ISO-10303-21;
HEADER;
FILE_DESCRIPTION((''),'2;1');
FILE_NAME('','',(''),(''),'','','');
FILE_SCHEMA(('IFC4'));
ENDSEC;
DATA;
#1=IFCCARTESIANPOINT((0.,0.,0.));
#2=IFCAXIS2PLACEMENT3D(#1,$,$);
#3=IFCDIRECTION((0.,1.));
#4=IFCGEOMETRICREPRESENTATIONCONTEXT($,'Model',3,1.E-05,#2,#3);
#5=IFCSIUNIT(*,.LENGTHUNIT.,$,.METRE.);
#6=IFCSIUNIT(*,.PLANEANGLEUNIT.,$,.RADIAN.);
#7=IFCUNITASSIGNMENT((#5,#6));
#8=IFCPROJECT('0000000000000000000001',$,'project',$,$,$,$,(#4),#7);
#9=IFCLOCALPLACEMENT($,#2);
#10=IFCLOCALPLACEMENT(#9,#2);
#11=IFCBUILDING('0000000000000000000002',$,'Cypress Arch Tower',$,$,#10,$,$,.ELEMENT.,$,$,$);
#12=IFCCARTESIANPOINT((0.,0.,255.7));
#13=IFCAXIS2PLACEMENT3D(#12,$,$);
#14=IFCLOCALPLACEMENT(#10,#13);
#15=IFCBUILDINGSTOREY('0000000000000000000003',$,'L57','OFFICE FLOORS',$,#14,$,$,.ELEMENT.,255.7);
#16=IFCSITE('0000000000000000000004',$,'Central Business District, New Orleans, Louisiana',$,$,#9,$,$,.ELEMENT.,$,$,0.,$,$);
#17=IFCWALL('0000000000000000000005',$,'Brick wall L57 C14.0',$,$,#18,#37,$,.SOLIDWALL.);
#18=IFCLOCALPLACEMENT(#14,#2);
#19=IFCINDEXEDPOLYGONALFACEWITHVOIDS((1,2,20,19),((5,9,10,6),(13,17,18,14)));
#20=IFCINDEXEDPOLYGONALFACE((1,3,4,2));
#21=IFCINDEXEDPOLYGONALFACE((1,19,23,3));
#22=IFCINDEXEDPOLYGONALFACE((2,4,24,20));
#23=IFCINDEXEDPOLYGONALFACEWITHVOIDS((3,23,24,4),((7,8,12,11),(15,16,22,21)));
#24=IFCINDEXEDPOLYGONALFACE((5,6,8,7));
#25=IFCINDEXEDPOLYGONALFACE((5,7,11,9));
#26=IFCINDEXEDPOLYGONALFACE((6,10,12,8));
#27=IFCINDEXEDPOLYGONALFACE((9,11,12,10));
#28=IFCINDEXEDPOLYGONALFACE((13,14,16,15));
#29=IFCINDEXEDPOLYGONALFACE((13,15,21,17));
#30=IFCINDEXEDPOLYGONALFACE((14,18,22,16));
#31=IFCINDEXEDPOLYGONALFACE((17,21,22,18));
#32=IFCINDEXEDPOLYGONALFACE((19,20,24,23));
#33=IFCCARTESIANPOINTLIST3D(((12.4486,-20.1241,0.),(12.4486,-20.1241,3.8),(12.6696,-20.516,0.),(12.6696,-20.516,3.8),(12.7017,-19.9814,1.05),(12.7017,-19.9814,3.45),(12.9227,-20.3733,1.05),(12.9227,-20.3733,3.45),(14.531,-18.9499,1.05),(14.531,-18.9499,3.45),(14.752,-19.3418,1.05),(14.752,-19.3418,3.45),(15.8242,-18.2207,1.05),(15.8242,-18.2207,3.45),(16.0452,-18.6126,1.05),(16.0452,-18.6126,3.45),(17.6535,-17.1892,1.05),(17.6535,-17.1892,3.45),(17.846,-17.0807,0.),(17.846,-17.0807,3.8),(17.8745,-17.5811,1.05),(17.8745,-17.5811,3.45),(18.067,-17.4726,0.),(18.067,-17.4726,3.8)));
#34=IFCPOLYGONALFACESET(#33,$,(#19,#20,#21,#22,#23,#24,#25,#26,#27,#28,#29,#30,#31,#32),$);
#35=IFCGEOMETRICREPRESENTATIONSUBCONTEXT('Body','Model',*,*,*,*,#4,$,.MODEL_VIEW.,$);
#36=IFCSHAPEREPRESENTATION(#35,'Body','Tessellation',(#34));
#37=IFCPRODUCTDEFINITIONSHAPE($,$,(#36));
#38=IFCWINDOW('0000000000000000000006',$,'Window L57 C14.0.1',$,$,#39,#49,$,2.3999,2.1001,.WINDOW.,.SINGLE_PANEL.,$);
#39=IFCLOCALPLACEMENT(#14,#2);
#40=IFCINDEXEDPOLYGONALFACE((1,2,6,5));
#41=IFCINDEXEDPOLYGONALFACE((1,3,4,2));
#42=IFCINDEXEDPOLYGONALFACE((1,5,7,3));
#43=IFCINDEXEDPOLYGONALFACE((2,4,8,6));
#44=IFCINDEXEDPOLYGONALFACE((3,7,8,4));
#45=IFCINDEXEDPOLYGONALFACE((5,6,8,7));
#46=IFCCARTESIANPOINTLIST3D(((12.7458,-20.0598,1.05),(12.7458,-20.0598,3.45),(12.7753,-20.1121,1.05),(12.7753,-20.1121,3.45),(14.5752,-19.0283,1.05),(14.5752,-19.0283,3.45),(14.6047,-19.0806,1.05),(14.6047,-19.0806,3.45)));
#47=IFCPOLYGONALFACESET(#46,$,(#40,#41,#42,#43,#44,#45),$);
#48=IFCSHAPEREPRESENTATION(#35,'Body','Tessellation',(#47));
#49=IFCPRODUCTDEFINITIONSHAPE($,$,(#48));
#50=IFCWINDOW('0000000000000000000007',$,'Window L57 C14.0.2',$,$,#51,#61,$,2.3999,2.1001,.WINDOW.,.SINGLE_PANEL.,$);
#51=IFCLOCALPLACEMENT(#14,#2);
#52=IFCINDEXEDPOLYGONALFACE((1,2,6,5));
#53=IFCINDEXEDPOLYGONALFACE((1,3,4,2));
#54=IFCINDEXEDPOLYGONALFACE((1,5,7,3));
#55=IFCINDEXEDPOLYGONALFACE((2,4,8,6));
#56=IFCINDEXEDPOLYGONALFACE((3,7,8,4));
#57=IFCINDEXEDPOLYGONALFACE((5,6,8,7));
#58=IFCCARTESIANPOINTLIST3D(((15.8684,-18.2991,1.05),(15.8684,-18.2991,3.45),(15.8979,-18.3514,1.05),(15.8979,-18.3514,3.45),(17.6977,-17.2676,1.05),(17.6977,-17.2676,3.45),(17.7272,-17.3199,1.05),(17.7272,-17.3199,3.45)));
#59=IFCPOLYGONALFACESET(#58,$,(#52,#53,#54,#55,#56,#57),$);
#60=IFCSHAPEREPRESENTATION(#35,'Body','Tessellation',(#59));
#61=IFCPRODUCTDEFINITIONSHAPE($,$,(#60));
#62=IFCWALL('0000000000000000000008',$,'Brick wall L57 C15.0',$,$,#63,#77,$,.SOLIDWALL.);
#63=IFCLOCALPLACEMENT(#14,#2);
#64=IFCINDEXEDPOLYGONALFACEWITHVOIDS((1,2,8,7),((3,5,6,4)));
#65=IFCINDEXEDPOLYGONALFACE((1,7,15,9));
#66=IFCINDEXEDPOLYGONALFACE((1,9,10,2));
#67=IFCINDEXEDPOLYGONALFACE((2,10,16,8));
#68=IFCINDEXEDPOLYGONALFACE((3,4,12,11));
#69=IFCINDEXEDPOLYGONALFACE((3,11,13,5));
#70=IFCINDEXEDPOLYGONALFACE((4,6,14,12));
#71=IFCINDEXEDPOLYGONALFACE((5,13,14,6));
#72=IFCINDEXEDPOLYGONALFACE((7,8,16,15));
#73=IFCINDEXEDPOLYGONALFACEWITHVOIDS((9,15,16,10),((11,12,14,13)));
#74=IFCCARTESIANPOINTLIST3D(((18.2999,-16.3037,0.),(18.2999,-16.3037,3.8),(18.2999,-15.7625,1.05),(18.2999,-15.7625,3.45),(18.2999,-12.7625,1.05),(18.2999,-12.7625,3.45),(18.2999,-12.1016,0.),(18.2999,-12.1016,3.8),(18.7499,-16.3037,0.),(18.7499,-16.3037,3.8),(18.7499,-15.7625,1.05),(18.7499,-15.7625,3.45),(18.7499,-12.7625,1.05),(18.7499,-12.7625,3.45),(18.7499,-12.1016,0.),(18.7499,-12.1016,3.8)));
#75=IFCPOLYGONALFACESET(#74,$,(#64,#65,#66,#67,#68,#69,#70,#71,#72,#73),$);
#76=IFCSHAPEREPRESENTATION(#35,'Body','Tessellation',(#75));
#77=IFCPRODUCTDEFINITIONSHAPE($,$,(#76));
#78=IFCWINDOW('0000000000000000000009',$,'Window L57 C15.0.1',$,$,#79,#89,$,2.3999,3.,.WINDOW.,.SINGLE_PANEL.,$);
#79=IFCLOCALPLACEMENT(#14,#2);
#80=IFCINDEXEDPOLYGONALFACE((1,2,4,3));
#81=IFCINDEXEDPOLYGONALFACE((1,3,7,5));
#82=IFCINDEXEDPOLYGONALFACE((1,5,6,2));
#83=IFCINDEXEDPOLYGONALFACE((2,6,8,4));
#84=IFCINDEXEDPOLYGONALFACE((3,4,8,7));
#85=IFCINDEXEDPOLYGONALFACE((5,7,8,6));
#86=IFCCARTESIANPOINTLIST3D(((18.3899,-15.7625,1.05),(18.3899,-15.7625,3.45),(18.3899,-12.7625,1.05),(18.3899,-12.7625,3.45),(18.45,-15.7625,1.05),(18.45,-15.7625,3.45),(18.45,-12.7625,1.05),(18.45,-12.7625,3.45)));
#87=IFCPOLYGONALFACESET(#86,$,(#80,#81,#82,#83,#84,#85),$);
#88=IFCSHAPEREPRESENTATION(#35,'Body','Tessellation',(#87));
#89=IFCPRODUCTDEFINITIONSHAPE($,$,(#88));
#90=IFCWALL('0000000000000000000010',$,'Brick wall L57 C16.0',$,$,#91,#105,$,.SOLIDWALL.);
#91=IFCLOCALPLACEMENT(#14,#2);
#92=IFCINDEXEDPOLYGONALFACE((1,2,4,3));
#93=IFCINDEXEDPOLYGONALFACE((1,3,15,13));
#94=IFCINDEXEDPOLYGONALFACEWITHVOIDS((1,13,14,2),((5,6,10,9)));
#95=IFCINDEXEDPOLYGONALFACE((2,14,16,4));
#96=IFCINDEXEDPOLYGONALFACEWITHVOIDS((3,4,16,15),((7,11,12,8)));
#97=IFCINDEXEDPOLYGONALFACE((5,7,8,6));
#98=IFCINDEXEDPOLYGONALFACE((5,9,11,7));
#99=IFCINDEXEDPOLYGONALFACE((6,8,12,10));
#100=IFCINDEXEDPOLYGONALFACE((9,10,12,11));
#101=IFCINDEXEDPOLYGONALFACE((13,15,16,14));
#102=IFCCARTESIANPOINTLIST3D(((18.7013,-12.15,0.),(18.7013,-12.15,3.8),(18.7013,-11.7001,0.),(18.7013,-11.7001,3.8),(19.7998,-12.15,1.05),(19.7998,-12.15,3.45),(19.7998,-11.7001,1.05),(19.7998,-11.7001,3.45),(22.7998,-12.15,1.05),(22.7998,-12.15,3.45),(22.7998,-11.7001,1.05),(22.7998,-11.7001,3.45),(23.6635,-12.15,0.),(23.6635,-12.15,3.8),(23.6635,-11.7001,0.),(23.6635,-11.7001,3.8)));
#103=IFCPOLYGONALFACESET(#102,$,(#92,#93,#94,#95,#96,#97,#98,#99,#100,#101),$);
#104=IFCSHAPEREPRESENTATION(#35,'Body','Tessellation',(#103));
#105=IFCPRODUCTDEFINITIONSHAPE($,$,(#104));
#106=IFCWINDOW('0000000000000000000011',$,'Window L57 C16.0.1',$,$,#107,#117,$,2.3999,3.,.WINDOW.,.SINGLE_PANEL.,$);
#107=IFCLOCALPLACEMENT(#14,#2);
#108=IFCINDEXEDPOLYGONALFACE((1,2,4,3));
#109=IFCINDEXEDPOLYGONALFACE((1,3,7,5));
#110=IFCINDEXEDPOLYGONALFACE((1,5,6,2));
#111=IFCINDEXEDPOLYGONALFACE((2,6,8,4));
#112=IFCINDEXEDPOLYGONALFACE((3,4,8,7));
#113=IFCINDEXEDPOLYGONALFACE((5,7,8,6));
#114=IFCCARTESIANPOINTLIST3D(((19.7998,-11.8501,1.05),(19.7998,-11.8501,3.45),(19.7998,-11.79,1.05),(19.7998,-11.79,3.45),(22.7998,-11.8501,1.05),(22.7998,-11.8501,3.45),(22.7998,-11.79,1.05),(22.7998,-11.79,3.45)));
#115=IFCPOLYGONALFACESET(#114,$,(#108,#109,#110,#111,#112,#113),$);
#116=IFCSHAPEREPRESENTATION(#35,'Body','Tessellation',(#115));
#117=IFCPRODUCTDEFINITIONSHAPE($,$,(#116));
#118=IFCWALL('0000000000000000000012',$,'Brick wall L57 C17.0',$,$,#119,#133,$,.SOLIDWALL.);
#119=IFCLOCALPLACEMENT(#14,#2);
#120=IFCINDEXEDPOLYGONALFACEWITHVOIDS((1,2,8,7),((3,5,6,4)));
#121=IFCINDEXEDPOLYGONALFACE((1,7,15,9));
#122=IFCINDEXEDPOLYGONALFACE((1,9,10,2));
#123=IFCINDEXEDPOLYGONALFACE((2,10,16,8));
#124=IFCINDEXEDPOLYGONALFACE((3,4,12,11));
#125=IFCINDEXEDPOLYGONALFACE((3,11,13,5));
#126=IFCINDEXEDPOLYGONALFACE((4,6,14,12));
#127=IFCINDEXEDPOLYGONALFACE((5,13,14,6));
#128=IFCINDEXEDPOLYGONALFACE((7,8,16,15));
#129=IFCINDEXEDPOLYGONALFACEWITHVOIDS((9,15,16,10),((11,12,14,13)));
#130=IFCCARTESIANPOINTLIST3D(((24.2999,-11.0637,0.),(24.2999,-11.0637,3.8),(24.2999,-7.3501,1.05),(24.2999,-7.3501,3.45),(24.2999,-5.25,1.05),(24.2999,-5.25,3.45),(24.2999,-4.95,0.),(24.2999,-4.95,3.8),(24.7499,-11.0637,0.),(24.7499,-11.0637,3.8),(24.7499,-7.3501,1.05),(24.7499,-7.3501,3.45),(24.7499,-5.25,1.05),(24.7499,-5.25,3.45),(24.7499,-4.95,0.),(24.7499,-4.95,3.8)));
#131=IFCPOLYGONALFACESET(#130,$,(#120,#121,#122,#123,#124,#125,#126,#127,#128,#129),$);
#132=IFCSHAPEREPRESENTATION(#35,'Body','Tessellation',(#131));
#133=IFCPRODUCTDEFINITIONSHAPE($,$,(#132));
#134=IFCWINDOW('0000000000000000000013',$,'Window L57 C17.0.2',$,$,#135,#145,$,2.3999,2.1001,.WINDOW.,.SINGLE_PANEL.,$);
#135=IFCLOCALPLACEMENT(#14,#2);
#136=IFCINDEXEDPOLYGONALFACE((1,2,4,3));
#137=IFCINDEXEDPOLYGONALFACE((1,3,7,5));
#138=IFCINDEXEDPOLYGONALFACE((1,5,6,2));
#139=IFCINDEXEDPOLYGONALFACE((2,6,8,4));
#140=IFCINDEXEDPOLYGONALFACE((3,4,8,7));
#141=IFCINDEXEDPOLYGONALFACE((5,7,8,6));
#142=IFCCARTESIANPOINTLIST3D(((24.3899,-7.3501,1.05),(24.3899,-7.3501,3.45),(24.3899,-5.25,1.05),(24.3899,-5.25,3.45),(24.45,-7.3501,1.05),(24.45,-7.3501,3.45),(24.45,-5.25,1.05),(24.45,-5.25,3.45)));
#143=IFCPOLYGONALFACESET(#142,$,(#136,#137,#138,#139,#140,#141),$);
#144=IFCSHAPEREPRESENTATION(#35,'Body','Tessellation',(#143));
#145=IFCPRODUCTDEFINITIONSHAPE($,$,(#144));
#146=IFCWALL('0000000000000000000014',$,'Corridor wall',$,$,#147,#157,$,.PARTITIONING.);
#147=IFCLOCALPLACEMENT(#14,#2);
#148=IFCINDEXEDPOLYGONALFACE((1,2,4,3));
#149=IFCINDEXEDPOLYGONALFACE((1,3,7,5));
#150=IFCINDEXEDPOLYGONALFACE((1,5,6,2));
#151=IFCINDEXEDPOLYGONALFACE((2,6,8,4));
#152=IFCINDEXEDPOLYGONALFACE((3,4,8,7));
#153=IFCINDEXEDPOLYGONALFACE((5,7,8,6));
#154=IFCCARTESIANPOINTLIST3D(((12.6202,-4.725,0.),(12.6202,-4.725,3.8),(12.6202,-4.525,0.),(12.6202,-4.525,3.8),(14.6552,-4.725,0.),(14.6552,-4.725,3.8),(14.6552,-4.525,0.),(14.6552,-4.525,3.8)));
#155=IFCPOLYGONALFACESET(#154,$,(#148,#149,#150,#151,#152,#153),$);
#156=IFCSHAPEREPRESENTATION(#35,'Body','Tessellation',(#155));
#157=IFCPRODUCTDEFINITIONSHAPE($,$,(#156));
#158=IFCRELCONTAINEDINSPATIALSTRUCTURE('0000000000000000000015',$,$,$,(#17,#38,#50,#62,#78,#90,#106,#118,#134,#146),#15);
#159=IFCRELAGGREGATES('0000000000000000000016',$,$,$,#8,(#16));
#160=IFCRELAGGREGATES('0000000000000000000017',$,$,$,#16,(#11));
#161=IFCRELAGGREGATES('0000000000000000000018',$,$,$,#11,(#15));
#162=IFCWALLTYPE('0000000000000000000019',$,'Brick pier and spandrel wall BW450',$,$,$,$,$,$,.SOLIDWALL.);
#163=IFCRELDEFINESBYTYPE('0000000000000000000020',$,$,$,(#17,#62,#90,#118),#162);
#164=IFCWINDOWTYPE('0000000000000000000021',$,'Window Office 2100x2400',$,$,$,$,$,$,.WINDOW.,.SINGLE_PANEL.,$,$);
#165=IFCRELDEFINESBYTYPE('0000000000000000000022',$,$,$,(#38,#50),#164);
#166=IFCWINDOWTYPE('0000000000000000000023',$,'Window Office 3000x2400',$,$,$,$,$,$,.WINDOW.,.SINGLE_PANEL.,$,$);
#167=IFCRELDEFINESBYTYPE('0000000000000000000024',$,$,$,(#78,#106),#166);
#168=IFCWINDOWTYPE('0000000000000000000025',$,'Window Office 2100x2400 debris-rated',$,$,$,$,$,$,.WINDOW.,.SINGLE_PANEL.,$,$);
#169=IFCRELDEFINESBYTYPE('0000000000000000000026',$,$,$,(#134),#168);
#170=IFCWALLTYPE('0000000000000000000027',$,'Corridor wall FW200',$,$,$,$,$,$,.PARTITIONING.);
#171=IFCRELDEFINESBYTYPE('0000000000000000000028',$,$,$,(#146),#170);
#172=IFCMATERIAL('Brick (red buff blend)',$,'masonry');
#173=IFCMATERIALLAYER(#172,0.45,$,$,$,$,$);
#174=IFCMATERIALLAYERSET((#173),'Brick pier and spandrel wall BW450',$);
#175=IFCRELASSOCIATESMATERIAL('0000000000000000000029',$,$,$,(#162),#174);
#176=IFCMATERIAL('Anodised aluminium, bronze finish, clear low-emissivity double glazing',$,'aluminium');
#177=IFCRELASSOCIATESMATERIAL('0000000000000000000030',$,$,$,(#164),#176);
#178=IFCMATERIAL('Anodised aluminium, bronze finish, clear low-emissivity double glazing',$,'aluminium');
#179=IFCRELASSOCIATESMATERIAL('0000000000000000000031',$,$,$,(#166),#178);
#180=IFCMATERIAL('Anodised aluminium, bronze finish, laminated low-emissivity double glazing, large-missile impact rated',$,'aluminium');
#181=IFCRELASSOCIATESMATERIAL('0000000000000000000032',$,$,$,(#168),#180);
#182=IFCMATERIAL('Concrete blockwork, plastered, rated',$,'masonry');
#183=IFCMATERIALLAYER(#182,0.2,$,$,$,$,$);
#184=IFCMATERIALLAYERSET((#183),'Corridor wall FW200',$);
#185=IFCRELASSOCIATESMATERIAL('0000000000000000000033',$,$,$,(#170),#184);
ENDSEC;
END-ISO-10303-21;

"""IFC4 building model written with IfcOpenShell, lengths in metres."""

from ifc_helpers import new_model, si_unit, direction, frame, frame_2d, origin, place, context, subcontext, project, spatial, rectangle, extrude, material, layer, layer_set, type_object, element, fill, save


model = new_model("IFC4")

# Units and contexts
model_context = context("Model", 3, precision=1e-05, world=origin(), true_north=direction((0.0, 1.0)))
body_context = subcontext(model_context, "Body", "Model", "MODEL_VIEW")
ifc_project = project(units=[si_unit("LENGTHUNIT", "METRE"), si_unit("PLANEANGLEUNIT", "RADIAN")], contexts=[model_context])

# Site, building, storey
site_placement = place(None, origin())
site = spatial("IfcSite", under=ifc_project, at=site_placement, Name="Central Business District, New Orleans, Louisiana", CompositionType="ELEMENT", RefElevation=0.0)
building_placement = place(site_placement, origin())
building = spatial("IfcBuilding", under=site, at=building_placement, Name="Cypress Arch Tower", CompositionType="ELEMENT")
storey_placement = place(building_placement, frame((0.0, 0.0, 255.7)))
storey = spatial("IfcBuildingStorey", under=building, at=storey_placement, Name="L57", Description="OFFICE FLOORS", CompositionType="ELEMENT", Elevation=255.7)

# Wall, openings, windows
ifc_material_1 = material(Name="Brick (red buff blend)", Category="masonry")
ifc_layer_1 = layer(ifc_material_1, 0.45)
ifc_layer_set_1 = layer_set([ifc_layer_1], Name="Brick pier and spandrel wall BW450")
wall_type_1 = type_object("IfcWallType", Name="Brick pier and spandrel wall BW450", PredefinedType="SOLIDWALL", material=ifc_layer_set_1)
wall_1_placement = place(storey_placement, frame((12.5591, -20.3201, 0.0), z_axis=(0.0, 0.0, 1.0), x_axis=(0.871066, 0.491166, 0.0)))
wall_1 = element("IfcWall", 1, at=wall_1_placement, inside=storey, type_object=wall_type_1, Name="Brick wall L57 C14.0", PredefinedType="SOLIDWALL", context=body_context, shape_type="SweptSolid", body=[
    extrude(rectangle(XDim=6.1963, YDim=0.45, at=frame_2d((3.0981, 0.0))), origin(), (0.0, 0.0, 1.0), 3.8),
])
opening_1_placement = place(wall_1_placement, frame((0.2905, 0.0, 1.05)))
opening_1 = element("IfcOpeningElement", 2, at=opening_1_placement, cuts=wall_1, PredefinedType="OPENING", context=body_context, shape_type="SweptSolid", body=[
    extrude(rectangle(XDim=2.1001, YDim=2.3999, at=frame_2d((1.05, 1.2))), frame((0.0, 0.2349, 0.0), z_axis=(0.0, -1.0, 0.0), x_axis=(1.0, 0.0, 0.0)), (0.0, 0.0, 1.0), 0.47),
])
opening_2_placement = place(wall_1_placement, frame((3.8752, 0.0, 1.05)))
opening_2 = element("IfcOpeningElement", 3, at=opening_2_placement, cuts=wall_1, PredefinedType="OPENING", context=body_context, shape_type="SweptSolid", body=[
    extrude(rectangle(XDim=2.1001, YDim=2.3999, at=frame_2d((1.05, 1.2))), frame((0.0, 0.2349, 0.0), z_axis=(0.0, -1.0, 0.0), x_axis=(1.0, 0.0, 0.0)), (0.0, 0.0, 1.0), 0.47),
])
ifc_material_2 = material(Name="Anodised aluminium, bronze finish, clear low-emissivity double glazing", Category="aluminium")
window_type_1 = type_object("IfcWindowType", Name="Window Office 2100x2400", PartitioningType="SINGLE_PANEL", PredefinedType="WINDOW", material=ifc_material_2)
window_1_placement = place(opening_1_placement, origin())
window_1 = element("IfcWindow", 4, at=window_1_placement, inside=storey, type_object=window_type_1, Name="Window L57 C14.0.1", OverallHeight=2.3999, OverallWidth=2.1001, PartitioningType="SINGLE_PANEL", PredefinedType="WINDOW", context=body_context, shape_type="SweptSolid", body=[
    extrude(rectangle(XDim=2.1001, YDim=2.3999, at=frame_2d((1.05, 1.2))), frame((0.0, 0.135, 0.0), z_axis=(0.0, -1.0, 0.0), x_axis=(1.0, 0.0, 0.0)), (0.0, 0.0, 1.0), 0.0601),
])
fill(opening_1, window_1)
window_2_placement = place(opening_2_placement, origin())
window_2 = element("IfcWindow", 5, at=window_2_placement, inside=storey, type_object=window_type_1, Name="Window L57 C14.0.2", OverallHeight=2.3999, OverallWidth=2.1001, PartitioningType="SINGLE_PANEL", PredefinedType="WINDOW", context=body_context, shape_type="SweptSolid", body=[
    extrude(rectangle(XDim=2.1001, YDim=2.3999, at=frame_2d((1.05, 1.2))), frame((0.0, 0.135, 0.0), z_axis=(0.0, -1.0, 0.0), x_axis=(1.0, 0.0, 0.0)), (0.0, 0.0, 1.0), 0.0601),
])
fill(opening_2, window_2)

# Walls, openings, windows
wall_2_placement = place(storey_placement, frame((18.5249, -16.3037, 0.0), z_axis=(0.0, 0.0, 1.0), x_axis=(0.0, 1.0, 0.0)))
wall_2 = element("IfcWall", 6, at=wall_2_placement, inside=storey, type_object=wall_type_1, Name="Brick wall L57 C15.0", PredefinedType="SOLIDWALL", context=body_context, shape_type="SweptSolid", body=[
    extrude(rectangle(XDim=4.2021, YDim=0.45, at=frame_2d((2.1011, 0.0))), origin(), (0.0, 0.0, 1.0), 3.8),
])
opening_3_placement = place(wall_2_placement, frame((0.5413, 0.0, 1.05)))
opening_3 = element("IfcOpeningElement", 7, at=opening_3_placement, cuts=wall_2, PredefinedType="OPENING", context=body_context, shape_type="SweptSolid", body=[
    extrude(rectangle(XDim=3.0, YDim=2.3999, at=frame_2d((1.5, 1.2))), frame((0.0, 0.2349, 0.0), z_axis=(0.0, -1.0, 0.0), x_axis=(1.0, 0.0, 0.0)), (0.0, 0.0, 1.0), 0.47),
])
ifc_material_3 = material(Name="Anodised aluminium, bronze finish, clear low-emissivity double glazing", Category="aluminium")
window_type_2 = type_object("IfcWindowType", Name="Window Office 3000x2400", PartitioningType="SINGLE_PANEL", PredefinedType="WINDOW", material=ifc_material_3)
window_3_placement = place(opening_3_placement, origin())
window_3 = element("IfcWindow", 8, at=window_3_placement, inside=storey, type_object=window_type_2, Name="Window L57 C15.0.1", OverallHeight=2.3999, OverallWidth=3.0, PartitioningType="SINGLE_PANEL", PredefinedType="WINDOW", context=body_context, shape_type="SweptSolid", body=[
    extrude(rectangle(XDim=3.0, YDim=2.3999, at=frame_2d((1.5, 1.2))), frame((0.0, 0.135, 0.0), z_axis=(0.0, -1.0, 0.0), x_axis=(1.0, 0.0, 0.0)), (0.0, 0.0, 1.0), 0.0601),
])
fill(opening_3, window_3)
wall_3_placement = place(storey_placement, frame((18.7014, -11.925, 0.0), z_axis=(0.0, 0.0, 1.0), x_axis=(1.0, 0.0, 0.0)))
wall_3 = element("IfcWall", 9, at=wall_3_placement, inside=storey, type_object=wall_type_1, Name="Brick wall L57 C16.0", PredefinedType="SOLIDWALL", context=body_context, shape_type="SweptSolid", body=[
    extrude(rectangle(XDim=4.9622, YDim=0.45, at=frame_2d((2.481, 0.0))), origin(), (0.0, 0.0, 1.0), 3.8),
])
opening_4_placement = place(wall_3_placement, frame((1.0984, 0.0, 1.05)))
opening_4 = element("IfcOpeningElement", 10, at=opening_4_placement, cuts=wall_3, PredefinedType="OPENING", context=body_context, shape_type="SweptSolid", body=[
    extrude(rectangle(XDim=3.0, YDim=2.3999, at=frame_2d((1.5, 1.2))), frame((0.0, 0.2349, 0.0), z_axis=(0.0, -1.0, 0.0), x_axis=(1.0, 0.0, 0.0)), (0.0, 0.0, 1.0), 0.47),
])
window_4_placement = place(opening_4_placement, origin())
window_4 = element("IfcWindow", 11, at=window_4_placement, inside=storey, type_object=window_type_2, Name="Window L57 C16.0.1", OverallHeight=2.3999, OverallWidth=3.0, PartitioningType="SINGLE_PANEL", PredefinedType="WINDOW", context=body_context, shape_type="SweptSolid", body=[
    extrude(rectangle(XDim=3.0, YDim=2.3999, at=frame_2d((1.5, 1.2))), frame((0.0, 0.135, 0.0), z_axis=(0.0, -1.0, 0.0), x_axis=(1.0, 0.0, 0.0)), (0.0, 0.0, 1.0), 0.0601),
])
fill(opening_4, window_4)
wall_4_placement = place(storey_placement, frame((24.5249, -11.0637, 0.0), z_axis=(0.0, 0.0, 1.0), x_axis=(0.0, 1.0, 0.0)))
wall_4 = element("IfcWall", 12, at=wall_4_placement, inside=storey, type_object=wall_type_1, Name="Brick wall L57 C17.0", PredefinedType="SOLIDWALL", context=body_context, shape_type="SweptSolid", body=[
    extrude(rectangle(XDim=6.1138, YDim=0.45, at=frame_2d((3.0569, 0.0))), origin(), (0.0, 0.0, 1.0), 3.8),
])
opening_5_placement = place(wall_4_placement, frame((3.7136, 0.0, 1.05)))
opening_5 = element("IfcOpeningElement", 13, at=opening_5_placement, cuts=wall_4, PredefinedType="OPENING", context=body_context, shape_type="SweptSolid", body=[
    extrude(rectangle(XDim=2.1001, YDim=2.3999, at=frame_2d((1.05, 1.2))), frame((0.0, 0.2349, 0.0), z_axis=(0.0, -1.0, 0.0), x_axis=(1.0, 0.0, 0.0)), (0.0, 0.0, 1.0), 0.47),
])
ifc_material_4 = material(Name="Anodised aluminium, bronze finish, laminated low-emissivity double glazing, large-missile impact rated", Category="aluminium")
window_type_3 = type_object("IfcWindowType", Name="Window Office 2100x2400 debris-rated", PartitioningType="SINGLE_PANEL", PredefinedType="WINDOW", material=ifc_material_4)
window_5_placement = place(opening_5_placement, origin())
window_5 = element("IfcWindow", 14, at=window_5_placement, inside=storey, type_object=window_type_3, Name="Window L57 C17.0.2", OverallHeight=2.3999, OverallWidth=2.1001, PartitioningType="SINGLE_PANEL", PredefinedType="WINDOW", context=body_context, shape_type="SweptSolid", body=[
    extrude(rectangle(XDim=2.1001, YDim=2.3999, at=frame_2d((1.05, 1.2))), frame((0.0, 0.135, 0.0), z_axis=(0.0, -1.0, 0.0), x_axis=(1.0, 0.0, 0.0)), (0.0, 0.0, 1.0), 0.0601),
])
fill(opening_5, window_5)

# Wall
ifc_material_5 = material(Name="Concrete blockwork, plastered, rated", Category="masonry")
ifc_layer_2 = layer(ifc_material_5, 0.2)
ifc_layer_set_2 = layer_set([ifc_layer_2], Name="Corridor wall FW200")
wall_type_2 = type_object("IfcWallType", Name="Corridor wall FW200", PredefinedType="PARTITIONING", material=ifc_layer_set_2)
wall_5_placement = place(storey_placement, frame((12.6201, -4.625, 0.0), z_axis=(0.0, 0.0, 1.0), x_axis=(1.0, 0.0, 0.0)))
element("IfcWall", 15, at=wall_5_placement, inside=storey, type_object=wall_type_2, Name="Corridor wall", PredefinedType="PARTITIONING", context=body_context, shape_type="SweptSolid", body=[
    extrude(rectangle(XDim=2.0349, YDim=0.2, at=frame_2d((1.0176, 0.0))), origin(), (0.0, 0.0, 1.0), 3.8),
])

save(model, "model.ifc")
